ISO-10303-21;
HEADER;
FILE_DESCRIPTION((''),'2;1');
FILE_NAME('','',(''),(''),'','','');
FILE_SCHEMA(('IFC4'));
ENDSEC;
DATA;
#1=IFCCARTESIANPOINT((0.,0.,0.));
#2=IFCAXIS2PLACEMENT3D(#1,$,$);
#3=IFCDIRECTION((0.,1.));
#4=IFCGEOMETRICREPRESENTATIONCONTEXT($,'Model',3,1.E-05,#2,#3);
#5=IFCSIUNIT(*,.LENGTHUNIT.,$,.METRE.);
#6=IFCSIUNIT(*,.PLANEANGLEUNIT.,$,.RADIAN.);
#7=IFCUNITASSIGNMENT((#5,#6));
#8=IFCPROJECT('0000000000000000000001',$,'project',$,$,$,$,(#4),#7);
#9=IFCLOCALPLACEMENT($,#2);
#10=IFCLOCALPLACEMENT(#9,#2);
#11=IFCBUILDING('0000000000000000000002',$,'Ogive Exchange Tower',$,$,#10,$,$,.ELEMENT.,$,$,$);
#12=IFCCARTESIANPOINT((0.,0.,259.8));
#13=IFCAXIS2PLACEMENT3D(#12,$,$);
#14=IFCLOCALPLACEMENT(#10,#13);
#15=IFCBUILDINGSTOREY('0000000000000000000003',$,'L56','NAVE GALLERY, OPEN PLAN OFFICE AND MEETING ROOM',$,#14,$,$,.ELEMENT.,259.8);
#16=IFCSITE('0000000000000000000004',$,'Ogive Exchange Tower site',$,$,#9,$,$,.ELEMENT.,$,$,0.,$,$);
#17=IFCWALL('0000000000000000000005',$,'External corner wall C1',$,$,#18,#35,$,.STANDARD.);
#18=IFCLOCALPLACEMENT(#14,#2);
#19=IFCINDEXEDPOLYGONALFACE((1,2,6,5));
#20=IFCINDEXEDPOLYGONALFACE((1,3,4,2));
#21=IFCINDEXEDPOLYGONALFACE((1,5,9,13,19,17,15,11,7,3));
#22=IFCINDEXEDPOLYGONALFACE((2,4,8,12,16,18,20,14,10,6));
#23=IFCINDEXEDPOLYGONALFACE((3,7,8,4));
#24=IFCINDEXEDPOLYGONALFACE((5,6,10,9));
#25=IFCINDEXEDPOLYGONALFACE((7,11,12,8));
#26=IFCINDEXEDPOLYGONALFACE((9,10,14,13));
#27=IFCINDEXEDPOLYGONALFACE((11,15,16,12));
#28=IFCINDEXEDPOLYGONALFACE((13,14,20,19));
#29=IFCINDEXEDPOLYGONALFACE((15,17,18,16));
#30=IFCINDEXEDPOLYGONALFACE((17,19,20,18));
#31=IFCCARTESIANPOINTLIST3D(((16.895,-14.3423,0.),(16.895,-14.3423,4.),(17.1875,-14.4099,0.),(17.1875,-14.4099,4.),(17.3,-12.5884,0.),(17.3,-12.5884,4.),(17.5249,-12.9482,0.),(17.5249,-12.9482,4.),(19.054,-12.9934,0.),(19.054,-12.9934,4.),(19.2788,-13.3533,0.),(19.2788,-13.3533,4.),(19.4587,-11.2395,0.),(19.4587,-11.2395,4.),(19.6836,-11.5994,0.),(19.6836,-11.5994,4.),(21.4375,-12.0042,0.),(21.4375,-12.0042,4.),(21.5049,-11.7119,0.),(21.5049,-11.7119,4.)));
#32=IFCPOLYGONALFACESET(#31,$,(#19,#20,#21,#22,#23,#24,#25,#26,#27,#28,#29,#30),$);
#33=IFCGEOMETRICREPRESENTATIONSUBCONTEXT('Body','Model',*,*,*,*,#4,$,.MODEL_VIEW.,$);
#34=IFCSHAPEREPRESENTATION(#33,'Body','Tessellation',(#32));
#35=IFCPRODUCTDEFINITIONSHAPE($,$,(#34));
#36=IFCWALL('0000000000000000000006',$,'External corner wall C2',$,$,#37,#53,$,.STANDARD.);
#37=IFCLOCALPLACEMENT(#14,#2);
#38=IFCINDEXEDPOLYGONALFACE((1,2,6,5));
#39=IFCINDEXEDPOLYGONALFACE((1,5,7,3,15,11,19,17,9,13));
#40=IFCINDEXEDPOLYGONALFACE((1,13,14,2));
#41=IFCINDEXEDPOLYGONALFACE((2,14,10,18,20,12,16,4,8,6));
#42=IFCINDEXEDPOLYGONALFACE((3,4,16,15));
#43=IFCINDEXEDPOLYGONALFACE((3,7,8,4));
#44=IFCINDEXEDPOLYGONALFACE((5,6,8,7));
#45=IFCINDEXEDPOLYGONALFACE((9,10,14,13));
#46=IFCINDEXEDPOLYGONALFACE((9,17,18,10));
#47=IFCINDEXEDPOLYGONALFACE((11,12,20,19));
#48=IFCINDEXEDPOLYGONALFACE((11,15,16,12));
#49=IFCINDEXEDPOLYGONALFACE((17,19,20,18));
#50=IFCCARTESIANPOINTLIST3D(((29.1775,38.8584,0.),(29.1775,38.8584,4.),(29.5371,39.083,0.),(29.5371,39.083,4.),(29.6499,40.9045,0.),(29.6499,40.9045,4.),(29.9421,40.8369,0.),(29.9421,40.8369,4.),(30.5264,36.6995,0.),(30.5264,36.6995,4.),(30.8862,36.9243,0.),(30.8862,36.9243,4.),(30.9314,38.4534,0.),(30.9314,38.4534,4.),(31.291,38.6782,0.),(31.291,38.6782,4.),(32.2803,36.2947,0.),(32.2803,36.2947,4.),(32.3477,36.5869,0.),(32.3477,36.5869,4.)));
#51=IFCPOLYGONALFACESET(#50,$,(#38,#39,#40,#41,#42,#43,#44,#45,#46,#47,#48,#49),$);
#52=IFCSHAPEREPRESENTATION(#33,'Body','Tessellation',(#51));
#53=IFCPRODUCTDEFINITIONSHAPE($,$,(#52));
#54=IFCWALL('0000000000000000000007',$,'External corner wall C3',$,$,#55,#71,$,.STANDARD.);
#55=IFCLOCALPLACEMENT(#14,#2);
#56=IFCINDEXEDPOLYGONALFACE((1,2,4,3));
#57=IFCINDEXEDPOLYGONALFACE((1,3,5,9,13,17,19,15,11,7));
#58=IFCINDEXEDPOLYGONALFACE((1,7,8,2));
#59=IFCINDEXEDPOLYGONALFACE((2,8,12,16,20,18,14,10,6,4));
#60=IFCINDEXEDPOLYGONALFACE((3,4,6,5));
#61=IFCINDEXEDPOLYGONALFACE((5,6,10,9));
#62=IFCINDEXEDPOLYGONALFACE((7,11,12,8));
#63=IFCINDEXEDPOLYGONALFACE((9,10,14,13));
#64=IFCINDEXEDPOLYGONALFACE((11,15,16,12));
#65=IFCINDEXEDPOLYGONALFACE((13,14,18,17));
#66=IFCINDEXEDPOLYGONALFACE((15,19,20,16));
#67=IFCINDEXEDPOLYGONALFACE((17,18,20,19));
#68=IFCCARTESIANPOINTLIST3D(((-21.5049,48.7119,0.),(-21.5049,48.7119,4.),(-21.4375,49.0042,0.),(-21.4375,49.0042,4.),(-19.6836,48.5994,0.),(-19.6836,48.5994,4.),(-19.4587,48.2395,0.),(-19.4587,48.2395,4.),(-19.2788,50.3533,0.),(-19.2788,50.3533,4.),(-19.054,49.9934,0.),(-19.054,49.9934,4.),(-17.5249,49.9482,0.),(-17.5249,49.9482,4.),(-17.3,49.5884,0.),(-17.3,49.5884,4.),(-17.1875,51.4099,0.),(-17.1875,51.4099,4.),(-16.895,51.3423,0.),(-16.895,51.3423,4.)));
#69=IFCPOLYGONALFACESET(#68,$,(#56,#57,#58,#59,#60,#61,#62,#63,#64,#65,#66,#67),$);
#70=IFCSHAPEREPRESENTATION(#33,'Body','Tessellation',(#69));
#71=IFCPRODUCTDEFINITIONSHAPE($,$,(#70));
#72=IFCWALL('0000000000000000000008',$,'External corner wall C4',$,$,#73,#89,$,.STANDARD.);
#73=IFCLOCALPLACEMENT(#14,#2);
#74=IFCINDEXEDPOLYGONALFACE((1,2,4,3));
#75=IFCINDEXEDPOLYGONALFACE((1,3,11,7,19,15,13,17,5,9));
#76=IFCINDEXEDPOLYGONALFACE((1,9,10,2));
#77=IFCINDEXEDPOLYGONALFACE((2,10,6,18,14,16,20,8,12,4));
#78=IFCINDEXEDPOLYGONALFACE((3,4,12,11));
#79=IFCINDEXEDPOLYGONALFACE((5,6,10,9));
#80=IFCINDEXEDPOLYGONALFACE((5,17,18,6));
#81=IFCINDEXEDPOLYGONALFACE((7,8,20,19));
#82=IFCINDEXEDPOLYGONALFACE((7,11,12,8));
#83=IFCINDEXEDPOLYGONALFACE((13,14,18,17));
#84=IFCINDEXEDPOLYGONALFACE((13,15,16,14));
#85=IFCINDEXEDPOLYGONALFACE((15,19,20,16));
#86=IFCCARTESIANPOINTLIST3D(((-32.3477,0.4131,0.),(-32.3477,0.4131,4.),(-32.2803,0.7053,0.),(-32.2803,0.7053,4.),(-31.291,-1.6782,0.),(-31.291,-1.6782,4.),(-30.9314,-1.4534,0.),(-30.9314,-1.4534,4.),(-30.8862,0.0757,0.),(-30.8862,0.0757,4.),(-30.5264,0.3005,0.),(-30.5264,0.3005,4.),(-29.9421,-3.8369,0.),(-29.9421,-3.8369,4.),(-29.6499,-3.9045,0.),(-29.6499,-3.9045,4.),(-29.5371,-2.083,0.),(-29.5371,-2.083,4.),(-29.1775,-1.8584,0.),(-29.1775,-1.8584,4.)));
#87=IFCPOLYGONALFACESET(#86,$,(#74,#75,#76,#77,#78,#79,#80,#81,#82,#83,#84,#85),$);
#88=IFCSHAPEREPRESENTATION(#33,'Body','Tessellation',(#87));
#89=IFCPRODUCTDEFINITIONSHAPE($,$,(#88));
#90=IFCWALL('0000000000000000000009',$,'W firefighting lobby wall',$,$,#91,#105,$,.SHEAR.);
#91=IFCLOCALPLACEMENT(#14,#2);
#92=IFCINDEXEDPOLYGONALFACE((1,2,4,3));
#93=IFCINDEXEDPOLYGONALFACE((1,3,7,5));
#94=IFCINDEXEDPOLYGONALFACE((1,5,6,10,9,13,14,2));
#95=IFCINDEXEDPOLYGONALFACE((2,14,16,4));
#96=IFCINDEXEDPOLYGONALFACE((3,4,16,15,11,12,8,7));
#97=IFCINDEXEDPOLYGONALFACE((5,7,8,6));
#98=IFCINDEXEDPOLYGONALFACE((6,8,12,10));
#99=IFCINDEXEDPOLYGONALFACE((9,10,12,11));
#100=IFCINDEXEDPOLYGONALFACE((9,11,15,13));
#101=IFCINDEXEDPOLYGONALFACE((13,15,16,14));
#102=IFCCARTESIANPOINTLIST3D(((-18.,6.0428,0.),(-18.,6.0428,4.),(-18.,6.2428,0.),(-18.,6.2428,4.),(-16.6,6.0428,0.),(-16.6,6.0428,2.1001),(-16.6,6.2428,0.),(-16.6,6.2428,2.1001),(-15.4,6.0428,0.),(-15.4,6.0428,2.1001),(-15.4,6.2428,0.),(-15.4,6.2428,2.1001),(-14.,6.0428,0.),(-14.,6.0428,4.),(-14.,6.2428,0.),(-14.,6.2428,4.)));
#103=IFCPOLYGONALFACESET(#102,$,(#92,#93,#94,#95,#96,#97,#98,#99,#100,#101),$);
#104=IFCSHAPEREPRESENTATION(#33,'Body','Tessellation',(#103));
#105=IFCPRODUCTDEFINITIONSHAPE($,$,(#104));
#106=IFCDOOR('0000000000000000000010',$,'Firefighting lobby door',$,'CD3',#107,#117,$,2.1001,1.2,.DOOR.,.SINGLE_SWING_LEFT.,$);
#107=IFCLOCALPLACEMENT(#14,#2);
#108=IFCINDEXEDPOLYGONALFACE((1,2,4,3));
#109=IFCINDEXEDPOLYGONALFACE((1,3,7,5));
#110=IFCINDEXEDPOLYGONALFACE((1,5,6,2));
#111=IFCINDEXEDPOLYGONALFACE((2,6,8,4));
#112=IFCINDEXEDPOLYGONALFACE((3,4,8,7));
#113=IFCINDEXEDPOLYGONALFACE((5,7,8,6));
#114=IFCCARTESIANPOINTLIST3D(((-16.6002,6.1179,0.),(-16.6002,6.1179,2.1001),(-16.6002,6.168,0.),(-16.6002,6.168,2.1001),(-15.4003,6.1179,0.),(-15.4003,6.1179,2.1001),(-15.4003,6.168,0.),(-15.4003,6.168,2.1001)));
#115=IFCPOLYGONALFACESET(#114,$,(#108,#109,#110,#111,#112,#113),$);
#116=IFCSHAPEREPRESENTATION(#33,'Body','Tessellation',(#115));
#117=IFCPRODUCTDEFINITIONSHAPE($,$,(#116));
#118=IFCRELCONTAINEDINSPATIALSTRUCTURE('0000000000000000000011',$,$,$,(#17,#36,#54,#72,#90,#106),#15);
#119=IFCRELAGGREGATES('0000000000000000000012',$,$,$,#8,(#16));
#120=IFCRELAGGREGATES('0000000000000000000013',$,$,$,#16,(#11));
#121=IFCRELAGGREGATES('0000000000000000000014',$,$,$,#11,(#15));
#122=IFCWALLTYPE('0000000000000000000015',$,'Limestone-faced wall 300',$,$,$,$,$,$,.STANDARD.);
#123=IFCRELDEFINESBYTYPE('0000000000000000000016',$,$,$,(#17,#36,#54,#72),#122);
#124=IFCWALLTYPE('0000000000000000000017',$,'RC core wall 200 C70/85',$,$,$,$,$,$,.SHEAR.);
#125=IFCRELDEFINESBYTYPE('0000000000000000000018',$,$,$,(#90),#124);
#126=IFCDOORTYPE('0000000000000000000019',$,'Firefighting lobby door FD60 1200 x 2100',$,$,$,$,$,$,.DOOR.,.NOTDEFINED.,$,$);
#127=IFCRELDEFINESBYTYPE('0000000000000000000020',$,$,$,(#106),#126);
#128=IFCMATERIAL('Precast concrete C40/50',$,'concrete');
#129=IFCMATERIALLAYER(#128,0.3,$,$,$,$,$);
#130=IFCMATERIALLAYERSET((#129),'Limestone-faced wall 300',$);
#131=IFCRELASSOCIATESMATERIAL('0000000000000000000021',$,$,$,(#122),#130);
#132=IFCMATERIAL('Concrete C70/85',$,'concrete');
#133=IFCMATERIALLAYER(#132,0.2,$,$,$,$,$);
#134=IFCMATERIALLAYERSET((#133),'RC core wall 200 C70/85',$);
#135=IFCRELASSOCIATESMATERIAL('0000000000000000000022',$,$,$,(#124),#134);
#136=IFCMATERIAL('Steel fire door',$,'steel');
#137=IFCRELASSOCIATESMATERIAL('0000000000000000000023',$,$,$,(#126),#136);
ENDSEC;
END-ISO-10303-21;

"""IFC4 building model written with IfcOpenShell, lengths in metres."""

from ifc_helpers import new_model, si_unit, direction, frame, frame_2d, origin, place, context, subcontext, project, spatial, polyline, rectangle, outline, extrude, material, layer, layer_set, type_object, element, fill, save


model = new_model("IFC4")

# Units and contexts
model_context = context("Model", 3, precision=1e-05, world=origin(), true_north=direction((0.0, 1.0)))
body_context = subcontext(model_context, "Body", "Model", "MODEL_VIEW")
ifc_project = project(units=[si_unit("LENGTHUNIT", "METRE"), si_unit("PLANEANGLEUNIT", "RADIAN")], contexts=[model_context])

# Site, building, storey
site_placement = place(None, origin())
site = spatial("IfcSite", under=ifc_project, at=site_placement, Name="Ogive Exchange Tower site", CompositionType="ELEMENT", RefElevation=0.0)
building_placement = place(site_placement, origin())
building = spatial("IfcBuilding", under=site, at=building_placement, Name="Ogive Exchange Tower", CompositionType="ELEMENT")
storey_placement = place(building_placement, frame((0.0, 0.0, 259.8)))
storey = spatial("IfcBuildingStorey", under=building, at=storey_placement, Name="L56", Description="NAVE GALLERY, OPEN PLAN OFFICE AND MEETING ROOM", CompositionType="ELEMENT", Elevation=259.8)

# Walls
ifc_material_1 = material(Name="Precast concrete C40/50", Category="concrete")
ifc_layer_1 = layer(ifc_material_1, 0.3)
ifc_layer_set_1 = layer_set([ifc_layer_1], Name="Limestone-faced wall 300")
wall_type_1 = type_object("IfcWallType", Name="Limestone-faced wall 300", PredefinedType="STANDARD", material=ifc_layer_set_1)
wall_1_placement = place(storey_placement, origin())
element("IfcWall", 1, at=wall_1_placement, inside=storey, type_object=wall_type_1, Name="External corner wall C1", PredefinedType="STANDARD", context=body_context, shape_type="SweptSolid", body=[
    extrude(outline(polyline([(19.054, -12.9934), (19.4587, -11.2395), (21.5049, -11.7119), (21.4375, -12.0042), (19.6836, -11.5994), (19.2788, -13.3533), (17.5249, -12.9482), (17.1875, -14.4099), (16.895, -14.3423), (17.3, -12.5884), (19.054, -12.9934)])), origin(), (0.0, 0.0, 1.0), 4.0),
])
wall_2_placement = place(storey_placement, origin())
element("IfcWall", 2, at=wall_2_placement, inside=storey, type_object=wall_type_1, Name="External corner wall C2", PredefinedType="STANDARD", context=body_context, shape_type="SweptSolid", body=[
    extrude(outline(polyline([(30.9314, 38.4534), (29.1775, 38.8584), (29.6499, 40.9045), (29.9421, 40.8369), (29.5371, 39.083), (31.291, 38.6782), (30.8862, 36.9243), (32.3477, 36.5869), (32.2803, 36.2947), (30.5264, 36.6995), (30.9314, 38.4534)])), origin(), (0.0, 0.0, 1.0), 4.0),
])
wall_3_placement = place(storey_placement, origin())
element("IfcWall", 3, at=wall_3_placement, inside=storey, type_object=wall_type_1, Name="External corner wall C3", PredefinedType="STANDARD", context=body_context, shape_type="SweptSolid", body=[
    extrude(outline(polyline([(-21.5049, 48.7119), (-21.4375, 49.0042), (-19.6836, 48.5994), (-19.2788, 50.3533), (-17.5249, 49.9482), (-17.1875, 51.4099), (-16.895, 51.3423), (-17.3, 49.5884), (-19.054, 49.9934), (-19.4587, 48.2395), (-21.5049, 48.7119)])), origin(), (0.0, 0.0, 1.0), 4.0),
])
wall_4_placement = place(storey_placement, origin())
element("IfcWall", 4, at=wall_4_placement, inside=storey, type_object=wall_type_1, Name="External corner wall C4", PredefinedType="STANDARD", context=body_context, shape_type="SweptSolid", body=[
    extrude(outline(polyline([(-31.291, -1.6782), (-30.8862, 0.0757), (-32.3477, 0.4131), (-32.2803, 0.7053), (-30.5264, 0.3005), (-30.9314, -1.4534), (-29.1775, -1.8584), (-29.6499, -3.9045), (-29.9421, -3.8369), (-29.5371, -2.083), (-31.291, -1.6782)])), origin(), (0.0, 0.0, 1.0), 4.0),
])

# Wall, opening, door
ifc_material_2 = material(Name="Concrete C70/85", Category="concrete")
ifc_layer_2 = layer(ifc_material_2, 0.2)
ifc_layer_set_2 = layer_set([ifc_layer_2], Name="RC core wall 200 C70/85")
wall_type_2 = type_object("IfcWallType", Name="RC core wall 200 C70/85", PredefinedType="SHEAR", material=ifc_layer_set_2)
wall_5_placement = place(storey_placement, frame((-18.0, 6.1428, 0.0), z_axis=(0.0, 0.0, 1.0), x_axis=(1.0, 0.0, 0.0)))
wall_5 = element("IfcWall", 5, at=wall_5_placement, inside=storey, type_object=wall_type_2, Name="W firefighting lobby wall", PredefinedType="SHEAR", context=body_context, shape_type="SweptSolid", body=[
    extrude(rectangle(XDim=4.0, YDim=0.2, at=frame_2d((2.0, 0.0))), origin(), (0.0, 0.0, 1.0), 4.0),
])
opening_1_placement = place(wall_5_placement, frame((1.3999, 0.0, 0.0)))
opening_1 = element("IfcOpeningElement", 6, at=opening_1_placement, cuts=wall_5, PredefinedType="OPENING", context=body_context, shape_type="SweptSolid", body=[
    extrude(rectangle(XDim=1.2, YDim=2.1001, at=frame_2d((0.6001, 1.05))), frame((0.0, 0.1099, 0.0), z_axis=(0.0, -1.0, 0.0), x_axis=(1.0, 0.0, 0.0)), (0.0, 0.0, 1.0), 0.22),
])
ifc_material_3 = material(Name="Steel fire door", Category="steel")
door_type_1 = type_object("IfcDoorType", Name="Firefighting lobby door FD60 1200 x 2100", OperationType="NOTDEFINED", PredefinedType="DOOR", material=ifc_material_3)
door_1_placement = place(opening_1_placement, frame((1.2, 0.0, 0.0), z_axis=(0.0, 0.0, 1.0), x_axis=(-1.0, 0.0, 0.0)))
door_1 = element("IfcDoor", 7, at=door_1_placement, inside=storey, type_object=door_type_1, Name="Firefighting lobby door", ObjectType="CD3", OperationType="SINGLE_SWING_LEFT", OverallHeight=2.1001, OverallWidth=1.2, PredefinedType="DOOR", context=body_context, shape_type="SweptSolid", body=[
    extrude(rectangle(XDim=1.2, YDim=2.1001, at=frame_2d((0.6001, 1.05))), frame((0.0, 0.0249, 0.0), z_axis=(0.0, -1.0, 0.0), x_axis=(1.0, 0.0, 0.0)), (0.0, 0.0, 1.0), 0.05),
])
fill(opening_1, door_1)

save(model, "model.ifc")
